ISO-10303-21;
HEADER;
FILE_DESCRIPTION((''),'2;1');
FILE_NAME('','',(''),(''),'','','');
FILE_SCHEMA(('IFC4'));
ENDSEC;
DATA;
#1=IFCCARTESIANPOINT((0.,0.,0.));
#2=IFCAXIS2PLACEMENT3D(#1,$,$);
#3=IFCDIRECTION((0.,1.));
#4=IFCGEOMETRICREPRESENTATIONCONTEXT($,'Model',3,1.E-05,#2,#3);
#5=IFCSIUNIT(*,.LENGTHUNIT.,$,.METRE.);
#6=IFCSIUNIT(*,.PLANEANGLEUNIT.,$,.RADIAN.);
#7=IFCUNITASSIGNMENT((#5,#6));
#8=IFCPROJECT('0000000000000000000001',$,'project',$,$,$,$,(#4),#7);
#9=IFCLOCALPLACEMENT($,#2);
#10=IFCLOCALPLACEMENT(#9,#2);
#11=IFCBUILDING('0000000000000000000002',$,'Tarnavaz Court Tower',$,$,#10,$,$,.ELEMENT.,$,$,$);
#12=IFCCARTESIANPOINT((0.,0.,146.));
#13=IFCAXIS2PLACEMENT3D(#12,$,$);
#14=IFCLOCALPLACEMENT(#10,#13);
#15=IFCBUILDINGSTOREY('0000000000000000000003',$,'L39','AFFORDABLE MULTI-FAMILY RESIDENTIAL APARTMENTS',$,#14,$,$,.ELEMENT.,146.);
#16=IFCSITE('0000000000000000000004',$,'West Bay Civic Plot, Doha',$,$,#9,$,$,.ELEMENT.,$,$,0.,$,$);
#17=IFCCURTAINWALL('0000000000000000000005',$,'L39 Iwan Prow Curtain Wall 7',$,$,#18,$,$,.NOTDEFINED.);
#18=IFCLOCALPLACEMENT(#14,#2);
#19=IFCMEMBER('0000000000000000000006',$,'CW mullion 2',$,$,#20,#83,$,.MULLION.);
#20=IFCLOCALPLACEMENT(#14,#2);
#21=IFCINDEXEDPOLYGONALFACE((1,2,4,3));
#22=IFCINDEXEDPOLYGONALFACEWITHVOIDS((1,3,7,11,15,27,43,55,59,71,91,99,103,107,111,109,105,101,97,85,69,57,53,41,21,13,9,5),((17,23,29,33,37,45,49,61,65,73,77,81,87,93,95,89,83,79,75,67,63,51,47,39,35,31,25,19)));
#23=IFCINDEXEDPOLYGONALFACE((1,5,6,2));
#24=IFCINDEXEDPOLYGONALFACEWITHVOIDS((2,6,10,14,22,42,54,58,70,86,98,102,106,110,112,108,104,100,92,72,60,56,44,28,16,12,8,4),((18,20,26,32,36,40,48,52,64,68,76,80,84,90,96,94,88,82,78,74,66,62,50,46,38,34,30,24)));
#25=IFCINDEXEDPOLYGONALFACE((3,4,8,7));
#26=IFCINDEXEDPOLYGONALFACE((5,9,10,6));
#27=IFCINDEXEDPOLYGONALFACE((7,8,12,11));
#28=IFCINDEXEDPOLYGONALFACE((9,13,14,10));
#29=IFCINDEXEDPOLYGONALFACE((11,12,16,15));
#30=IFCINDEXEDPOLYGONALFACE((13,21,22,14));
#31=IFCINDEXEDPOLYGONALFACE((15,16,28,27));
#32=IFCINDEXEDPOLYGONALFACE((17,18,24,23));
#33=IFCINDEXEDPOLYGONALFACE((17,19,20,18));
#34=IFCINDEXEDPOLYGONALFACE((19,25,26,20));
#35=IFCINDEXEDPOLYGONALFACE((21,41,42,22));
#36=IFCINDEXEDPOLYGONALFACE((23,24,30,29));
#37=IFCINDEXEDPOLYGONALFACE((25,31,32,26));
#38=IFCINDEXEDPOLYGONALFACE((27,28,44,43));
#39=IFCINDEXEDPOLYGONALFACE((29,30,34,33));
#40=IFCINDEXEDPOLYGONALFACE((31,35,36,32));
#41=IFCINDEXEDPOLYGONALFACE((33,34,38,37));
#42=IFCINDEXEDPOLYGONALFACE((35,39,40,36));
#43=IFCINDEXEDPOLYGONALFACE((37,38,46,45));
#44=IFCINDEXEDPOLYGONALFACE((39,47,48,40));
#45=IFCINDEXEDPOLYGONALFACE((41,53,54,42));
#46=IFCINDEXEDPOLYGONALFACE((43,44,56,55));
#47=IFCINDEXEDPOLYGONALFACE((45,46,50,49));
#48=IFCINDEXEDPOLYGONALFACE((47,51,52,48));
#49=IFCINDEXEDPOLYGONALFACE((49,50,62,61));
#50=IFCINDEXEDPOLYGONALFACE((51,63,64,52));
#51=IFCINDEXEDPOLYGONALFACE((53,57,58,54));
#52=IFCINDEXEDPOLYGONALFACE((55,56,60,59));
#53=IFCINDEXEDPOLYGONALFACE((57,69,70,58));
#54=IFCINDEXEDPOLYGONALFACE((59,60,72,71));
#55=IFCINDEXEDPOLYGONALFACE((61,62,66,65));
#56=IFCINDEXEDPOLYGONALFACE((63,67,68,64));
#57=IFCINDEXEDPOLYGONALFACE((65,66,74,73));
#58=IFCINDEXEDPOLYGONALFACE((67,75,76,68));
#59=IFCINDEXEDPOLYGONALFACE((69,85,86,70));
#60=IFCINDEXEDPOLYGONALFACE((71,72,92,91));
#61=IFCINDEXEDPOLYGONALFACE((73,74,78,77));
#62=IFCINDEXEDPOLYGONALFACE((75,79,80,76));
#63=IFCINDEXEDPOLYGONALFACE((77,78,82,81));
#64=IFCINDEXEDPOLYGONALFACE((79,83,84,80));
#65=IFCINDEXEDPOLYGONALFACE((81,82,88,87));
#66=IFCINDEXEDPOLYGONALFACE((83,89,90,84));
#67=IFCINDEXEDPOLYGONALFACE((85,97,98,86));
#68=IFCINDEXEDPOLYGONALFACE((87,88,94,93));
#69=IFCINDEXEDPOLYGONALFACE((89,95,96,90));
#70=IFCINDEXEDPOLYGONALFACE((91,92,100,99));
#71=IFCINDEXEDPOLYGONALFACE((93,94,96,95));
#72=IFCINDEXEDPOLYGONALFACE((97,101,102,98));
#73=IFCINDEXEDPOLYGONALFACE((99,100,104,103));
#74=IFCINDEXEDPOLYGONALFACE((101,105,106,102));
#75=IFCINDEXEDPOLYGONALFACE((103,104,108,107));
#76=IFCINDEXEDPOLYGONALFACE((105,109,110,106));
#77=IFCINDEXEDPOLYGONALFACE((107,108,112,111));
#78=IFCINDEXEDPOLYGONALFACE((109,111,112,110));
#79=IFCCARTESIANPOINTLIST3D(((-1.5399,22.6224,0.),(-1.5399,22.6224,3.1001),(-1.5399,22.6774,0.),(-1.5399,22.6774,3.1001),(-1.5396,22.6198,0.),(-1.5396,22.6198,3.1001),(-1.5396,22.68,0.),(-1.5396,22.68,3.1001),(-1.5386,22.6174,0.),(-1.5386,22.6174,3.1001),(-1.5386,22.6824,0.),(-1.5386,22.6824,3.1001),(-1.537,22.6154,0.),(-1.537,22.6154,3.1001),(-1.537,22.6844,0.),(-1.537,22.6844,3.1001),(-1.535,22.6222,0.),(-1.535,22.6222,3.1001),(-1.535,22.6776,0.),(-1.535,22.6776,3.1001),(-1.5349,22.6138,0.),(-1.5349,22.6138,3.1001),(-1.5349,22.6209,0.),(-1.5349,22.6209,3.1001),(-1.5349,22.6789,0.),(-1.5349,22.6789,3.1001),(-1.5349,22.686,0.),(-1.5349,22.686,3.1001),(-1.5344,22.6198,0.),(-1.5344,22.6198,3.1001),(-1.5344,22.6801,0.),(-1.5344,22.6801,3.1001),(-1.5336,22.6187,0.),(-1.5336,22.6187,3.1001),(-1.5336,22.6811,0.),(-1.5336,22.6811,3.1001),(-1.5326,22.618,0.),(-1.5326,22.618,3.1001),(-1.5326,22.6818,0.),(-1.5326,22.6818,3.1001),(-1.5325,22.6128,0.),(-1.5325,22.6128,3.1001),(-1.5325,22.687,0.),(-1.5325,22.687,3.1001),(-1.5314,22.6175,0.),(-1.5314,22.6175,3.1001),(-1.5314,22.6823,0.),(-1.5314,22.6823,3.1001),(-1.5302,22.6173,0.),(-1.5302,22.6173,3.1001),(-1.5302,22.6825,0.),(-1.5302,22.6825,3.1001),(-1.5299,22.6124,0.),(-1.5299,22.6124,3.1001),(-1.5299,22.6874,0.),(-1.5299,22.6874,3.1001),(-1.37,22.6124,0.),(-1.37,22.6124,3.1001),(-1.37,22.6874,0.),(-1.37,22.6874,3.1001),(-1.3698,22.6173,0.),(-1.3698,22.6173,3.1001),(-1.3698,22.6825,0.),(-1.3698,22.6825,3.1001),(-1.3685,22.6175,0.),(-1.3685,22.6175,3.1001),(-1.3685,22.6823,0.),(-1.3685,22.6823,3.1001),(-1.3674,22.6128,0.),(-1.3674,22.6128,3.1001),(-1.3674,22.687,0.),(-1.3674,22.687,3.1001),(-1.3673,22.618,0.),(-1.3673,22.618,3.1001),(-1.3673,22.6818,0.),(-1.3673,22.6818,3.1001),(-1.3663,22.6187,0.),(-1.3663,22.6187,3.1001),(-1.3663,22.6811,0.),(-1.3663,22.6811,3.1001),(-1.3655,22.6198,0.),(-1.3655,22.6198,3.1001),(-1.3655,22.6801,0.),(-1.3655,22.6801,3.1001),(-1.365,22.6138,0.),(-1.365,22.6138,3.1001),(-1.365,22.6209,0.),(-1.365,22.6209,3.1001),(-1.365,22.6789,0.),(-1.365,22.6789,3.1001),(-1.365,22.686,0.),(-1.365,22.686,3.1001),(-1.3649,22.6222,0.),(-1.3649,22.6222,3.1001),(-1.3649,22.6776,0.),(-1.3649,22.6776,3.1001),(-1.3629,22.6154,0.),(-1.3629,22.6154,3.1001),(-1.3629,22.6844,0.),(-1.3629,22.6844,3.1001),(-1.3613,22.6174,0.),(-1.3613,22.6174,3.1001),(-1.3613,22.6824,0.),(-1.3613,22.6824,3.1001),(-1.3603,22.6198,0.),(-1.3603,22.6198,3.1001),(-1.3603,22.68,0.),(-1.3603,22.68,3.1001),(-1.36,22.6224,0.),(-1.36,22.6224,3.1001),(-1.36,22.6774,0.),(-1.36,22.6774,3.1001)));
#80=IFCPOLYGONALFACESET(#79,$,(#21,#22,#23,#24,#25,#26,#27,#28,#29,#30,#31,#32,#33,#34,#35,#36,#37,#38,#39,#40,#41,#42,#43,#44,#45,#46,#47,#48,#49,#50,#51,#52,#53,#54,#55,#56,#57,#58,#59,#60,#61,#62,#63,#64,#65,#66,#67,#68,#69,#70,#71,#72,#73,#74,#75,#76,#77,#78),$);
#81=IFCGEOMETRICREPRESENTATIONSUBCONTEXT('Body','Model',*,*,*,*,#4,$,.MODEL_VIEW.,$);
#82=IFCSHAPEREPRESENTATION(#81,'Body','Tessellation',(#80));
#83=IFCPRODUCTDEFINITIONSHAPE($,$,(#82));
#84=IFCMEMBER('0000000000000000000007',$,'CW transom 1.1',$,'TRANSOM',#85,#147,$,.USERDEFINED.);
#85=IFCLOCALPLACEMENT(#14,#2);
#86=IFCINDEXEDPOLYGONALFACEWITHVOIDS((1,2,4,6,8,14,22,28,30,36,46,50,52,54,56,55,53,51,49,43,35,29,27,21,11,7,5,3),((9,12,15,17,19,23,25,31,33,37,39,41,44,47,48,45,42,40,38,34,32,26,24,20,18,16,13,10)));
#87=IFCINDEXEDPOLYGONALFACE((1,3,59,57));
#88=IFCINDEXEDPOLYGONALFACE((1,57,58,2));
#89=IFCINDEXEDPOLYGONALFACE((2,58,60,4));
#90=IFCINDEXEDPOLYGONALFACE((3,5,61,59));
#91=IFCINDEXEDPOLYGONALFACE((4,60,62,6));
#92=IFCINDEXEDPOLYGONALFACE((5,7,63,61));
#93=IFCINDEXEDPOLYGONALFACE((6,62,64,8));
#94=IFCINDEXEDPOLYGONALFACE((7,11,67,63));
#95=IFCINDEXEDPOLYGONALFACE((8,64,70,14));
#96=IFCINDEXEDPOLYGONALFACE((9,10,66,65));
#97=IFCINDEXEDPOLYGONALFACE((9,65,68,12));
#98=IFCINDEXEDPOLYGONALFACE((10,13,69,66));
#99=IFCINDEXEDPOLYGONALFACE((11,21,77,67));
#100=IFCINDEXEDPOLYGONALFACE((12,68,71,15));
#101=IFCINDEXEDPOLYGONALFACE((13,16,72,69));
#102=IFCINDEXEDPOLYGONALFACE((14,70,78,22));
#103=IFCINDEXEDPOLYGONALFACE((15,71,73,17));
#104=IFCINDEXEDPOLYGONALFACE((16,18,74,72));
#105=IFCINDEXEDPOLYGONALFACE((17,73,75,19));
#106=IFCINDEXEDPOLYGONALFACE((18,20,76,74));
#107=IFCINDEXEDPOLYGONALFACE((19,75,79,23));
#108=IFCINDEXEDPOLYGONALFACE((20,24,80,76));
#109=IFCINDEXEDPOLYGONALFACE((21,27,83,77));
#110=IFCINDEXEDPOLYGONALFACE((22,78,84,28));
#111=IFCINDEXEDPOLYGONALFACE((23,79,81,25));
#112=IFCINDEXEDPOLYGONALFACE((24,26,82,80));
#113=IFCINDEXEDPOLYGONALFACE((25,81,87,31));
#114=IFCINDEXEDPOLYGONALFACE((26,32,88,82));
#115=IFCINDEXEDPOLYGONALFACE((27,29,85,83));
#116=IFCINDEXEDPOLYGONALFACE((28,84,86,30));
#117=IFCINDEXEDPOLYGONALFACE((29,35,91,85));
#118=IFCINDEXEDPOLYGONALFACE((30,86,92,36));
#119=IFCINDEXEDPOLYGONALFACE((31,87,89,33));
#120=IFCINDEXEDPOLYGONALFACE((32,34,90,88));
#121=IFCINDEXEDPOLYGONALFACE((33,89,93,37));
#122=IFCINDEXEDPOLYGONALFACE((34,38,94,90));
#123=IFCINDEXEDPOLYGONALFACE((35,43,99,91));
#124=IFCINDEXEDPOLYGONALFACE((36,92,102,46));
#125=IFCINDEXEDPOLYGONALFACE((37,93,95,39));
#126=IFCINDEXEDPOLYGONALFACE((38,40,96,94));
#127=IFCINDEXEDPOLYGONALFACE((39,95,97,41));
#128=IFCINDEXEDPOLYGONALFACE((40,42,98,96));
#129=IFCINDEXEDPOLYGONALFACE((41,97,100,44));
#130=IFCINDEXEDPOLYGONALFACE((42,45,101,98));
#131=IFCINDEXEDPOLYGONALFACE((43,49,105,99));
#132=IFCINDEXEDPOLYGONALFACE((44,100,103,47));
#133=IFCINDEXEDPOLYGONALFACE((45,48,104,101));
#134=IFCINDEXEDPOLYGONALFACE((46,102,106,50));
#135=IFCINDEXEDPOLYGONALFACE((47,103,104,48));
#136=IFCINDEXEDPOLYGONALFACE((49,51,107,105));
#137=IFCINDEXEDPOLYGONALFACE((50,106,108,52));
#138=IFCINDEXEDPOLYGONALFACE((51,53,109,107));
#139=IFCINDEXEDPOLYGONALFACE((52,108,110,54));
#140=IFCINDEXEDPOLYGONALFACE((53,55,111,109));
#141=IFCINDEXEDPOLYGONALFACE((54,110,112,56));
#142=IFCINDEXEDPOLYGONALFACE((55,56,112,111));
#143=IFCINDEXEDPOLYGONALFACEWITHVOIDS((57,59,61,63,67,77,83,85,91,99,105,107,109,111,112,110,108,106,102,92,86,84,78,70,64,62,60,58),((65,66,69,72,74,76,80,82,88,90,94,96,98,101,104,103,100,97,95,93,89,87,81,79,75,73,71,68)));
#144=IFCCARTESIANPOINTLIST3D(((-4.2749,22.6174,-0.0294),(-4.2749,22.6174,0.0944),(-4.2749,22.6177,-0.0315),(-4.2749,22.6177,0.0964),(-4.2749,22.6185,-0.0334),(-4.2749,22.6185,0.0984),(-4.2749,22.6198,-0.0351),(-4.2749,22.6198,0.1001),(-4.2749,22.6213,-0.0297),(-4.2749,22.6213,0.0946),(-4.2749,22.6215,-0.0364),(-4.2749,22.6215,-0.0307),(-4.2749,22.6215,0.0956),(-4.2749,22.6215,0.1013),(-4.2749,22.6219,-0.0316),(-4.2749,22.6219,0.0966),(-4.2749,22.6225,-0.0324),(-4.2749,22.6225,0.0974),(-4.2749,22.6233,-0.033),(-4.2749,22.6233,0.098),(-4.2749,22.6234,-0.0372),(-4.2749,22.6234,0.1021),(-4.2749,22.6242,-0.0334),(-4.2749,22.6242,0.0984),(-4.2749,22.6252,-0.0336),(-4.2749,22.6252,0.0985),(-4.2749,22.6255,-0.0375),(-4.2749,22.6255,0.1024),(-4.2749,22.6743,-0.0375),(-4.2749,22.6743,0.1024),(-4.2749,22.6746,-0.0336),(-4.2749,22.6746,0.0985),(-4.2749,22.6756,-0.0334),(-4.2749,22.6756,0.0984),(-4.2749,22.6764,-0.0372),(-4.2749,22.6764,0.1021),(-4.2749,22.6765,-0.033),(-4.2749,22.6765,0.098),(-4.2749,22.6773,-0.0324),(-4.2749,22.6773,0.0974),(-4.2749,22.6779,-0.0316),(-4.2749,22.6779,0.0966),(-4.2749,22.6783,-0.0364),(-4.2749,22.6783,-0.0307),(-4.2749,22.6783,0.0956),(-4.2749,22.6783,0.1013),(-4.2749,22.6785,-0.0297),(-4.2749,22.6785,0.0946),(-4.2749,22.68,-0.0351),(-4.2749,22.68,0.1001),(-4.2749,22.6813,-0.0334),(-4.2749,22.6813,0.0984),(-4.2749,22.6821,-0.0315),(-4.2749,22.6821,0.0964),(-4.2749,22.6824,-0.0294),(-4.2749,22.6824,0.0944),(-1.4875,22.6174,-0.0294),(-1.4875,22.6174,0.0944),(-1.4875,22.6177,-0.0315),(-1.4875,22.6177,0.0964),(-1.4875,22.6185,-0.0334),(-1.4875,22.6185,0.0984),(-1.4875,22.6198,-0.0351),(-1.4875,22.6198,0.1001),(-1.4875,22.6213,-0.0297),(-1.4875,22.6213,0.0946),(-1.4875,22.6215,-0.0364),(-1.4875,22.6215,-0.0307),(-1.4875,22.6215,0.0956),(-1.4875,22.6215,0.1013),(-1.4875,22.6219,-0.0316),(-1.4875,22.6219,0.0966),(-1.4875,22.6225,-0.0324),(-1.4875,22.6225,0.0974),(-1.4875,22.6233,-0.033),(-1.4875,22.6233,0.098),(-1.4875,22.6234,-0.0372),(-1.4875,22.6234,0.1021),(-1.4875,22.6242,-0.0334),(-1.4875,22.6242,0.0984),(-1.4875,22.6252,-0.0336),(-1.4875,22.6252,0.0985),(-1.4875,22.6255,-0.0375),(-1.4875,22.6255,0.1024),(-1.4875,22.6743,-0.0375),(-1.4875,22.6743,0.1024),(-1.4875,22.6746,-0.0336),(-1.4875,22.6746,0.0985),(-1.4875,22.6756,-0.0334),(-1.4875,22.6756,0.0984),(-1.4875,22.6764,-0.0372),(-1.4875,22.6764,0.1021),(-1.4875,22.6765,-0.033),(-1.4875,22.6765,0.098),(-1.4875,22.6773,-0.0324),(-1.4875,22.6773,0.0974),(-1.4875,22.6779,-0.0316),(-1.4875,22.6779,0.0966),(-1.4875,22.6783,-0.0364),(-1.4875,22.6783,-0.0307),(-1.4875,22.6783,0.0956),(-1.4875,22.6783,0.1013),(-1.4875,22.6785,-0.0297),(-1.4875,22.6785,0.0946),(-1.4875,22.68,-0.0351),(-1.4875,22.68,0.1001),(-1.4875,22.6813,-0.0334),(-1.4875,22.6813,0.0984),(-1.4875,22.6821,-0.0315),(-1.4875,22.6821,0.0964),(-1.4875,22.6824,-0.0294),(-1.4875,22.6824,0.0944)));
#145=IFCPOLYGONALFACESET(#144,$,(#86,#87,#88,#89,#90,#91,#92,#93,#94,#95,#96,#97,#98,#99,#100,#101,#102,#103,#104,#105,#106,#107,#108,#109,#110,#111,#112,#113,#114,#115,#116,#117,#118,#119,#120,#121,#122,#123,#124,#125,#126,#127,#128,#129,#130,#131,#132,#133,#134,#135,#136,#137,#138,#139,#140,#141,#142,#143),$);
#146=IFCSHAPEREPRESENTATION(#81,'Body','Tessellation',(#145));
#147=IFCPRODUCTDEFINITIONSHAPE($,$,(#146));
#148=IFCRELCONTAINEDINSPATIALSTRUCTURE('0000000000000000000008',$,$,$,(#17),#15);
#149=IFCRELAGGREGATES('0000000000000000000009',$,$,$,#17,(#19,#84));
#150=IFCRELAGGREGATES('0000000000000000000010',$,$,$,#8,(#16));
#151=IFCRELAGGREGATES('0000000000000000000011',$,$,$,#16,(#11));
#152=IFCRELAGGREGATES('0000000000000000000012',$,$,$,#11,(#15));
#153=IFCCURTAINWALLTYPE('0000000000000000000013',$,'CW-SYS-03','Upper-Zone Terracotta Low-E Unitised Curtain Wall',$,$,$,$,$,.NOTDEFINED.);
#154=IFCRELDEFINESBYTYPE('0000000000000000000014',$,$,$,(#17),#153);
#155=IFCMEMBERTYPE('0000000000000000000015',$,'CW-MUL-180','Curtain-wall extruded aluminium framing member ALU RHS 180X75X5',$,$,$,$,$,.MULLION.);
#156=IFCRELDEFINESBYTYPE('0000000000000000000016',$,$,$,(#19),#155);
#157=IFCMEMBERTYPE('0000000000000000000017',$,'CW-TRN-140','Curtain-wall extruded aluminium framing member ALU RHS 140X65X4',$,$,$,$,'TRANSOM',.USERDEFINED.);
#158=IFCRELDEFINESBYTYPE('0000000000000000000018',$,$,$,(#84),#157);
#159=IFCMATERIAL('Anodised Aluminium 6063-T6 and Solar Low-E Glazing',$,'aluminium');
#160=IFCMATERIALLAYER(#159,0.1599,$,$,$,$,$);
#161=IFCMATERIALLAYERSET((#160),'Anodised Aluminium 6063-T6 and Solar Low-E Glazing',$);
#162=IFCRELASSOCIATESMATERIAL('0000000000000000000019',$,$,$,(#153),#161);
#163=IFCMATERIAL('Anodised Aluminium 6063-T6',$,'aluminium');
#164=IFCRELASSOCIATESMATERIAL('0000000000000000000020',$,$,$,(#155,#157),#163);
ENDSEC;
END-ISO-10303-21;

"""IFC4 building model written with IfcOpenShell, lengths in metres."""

from ifc_helpers import new_model, si_unit, direction, frame, origin, origin_2d, place, context, subcontext, project, spatial, hollow_rectangle, extrude, material, layer, layer_set, material_profile, profile_set, type_object, element, aggregate, save


model = new_model("IFC4")

# Units and contexts
model_context = context("Model", 3, precision=1e-05, world=origin(), true_north=direction((0.0, 1.0)))
body_context = subcontext(model_context, "Body", "Model", "MODEL_VIEW")
ifc_project = project(units=[si_unit("LENGTHUNIT", "METRE"), si_unit("PLANEANGLEUNIT", "RADIAN")], contexts=[model_context])

# Site, building, storey
site_placement = place(None, origin())
site = spatial("IfcSite", under=ifc_project, at=site_placement, Name="West Bay Civic Plot, Doha", CompositionType="ELEMENT", RefElevation=0.0)
building_placement = place(site_placement, origin())
building = spatial("IfcBuilding", under=site, at=building_placement, Name="Tarnavaz Court Tower", CompositionType="ELEMENT")
storey_placement = place(building_placement, frame((0.0, 0.0, 146.0)))
storey = spatial("IfcBuildingStorey", under=building, at=storey_placement, Name="L39", Description="AFFORDABLE MULTI-FAMILY RESIDENTIAL APARTMENTS", CompositionType="ELEMENT", Elevation=146.0)

# Curtain wall, members
ifc_material_1 = material(Name="Anodised Aluminium 6063-T6 and Solar Low-E Glazing", Category="aluminium")
ifc_layer_1 = layer(ifc_material_1, 0.1599)
ifc_layer_set_1 = layer_set([ifc_layer_1], Name="Anodised Aluminium 6063-T6 and Solar Low-E Glazing")
curtain_wall_type = type_object("IfcCurtainWallType", Name="CW-SYS-03", Description="Upper-Zone Terracotta Low-E Unitised Curtain Wall", PredefinedType="NOTDEFINED", material=ifc_layer_set_1)
curtain_wall_placement = place(storey_placement, origin())
curtain_wall = element("IfcCurtainWall", 1, at=curtain_wall_placement, inside=storey, type_object=curtain_wall_type, Name="L39 Iwan Prow Curtain Wall 7", PredefinedType="NOTDEFINED")
ifc_material_2 = material(Name="Anodised Aluminium 6063-T6", Category="aluminium")
ifc_material_profile_1 = material_profile(ifc_material_2, hollow_rectangle(XDim=0.075, YDim=0.1799, WallThickness=0.0049, InnerFilletRadius=0.0049, OuterFilletRadius=0.01, at=origin_2d()), Name="ALU RHS 180X75X5")
ifc_profile_set_1 = profile_set([ifc_material_profile_1], Name="Anodised Aluminium 6063-T6")
member_type_1 = type_object("IfcMemberType", Name="CW-MUL-180", Description="Curtain-wall extruded aluminium framing member ALU RHS 180X75X5", PredefinedType="MULLION", material=ifc_profile_set_1)
member_1_placement = place(storey_placement, frame((-1.45, 22.6499, 0.0), z_axis=(0.0, 0.0, 1.0), x_axis=(0.0, 1.0, 0.0)))
member_1 = element("IfcMember", 2, at=member_1_placement, type_object=member_type_1, Name="CW mullion 2", PredefinedType="MULLION", context=body_context, shape_type="SweptSolid", body=[
    extrude(hollow_rectangle(XDim=0.075, YDim=0.1799, WallThickness=0.0049, InnerFilletRadius=0.0049, OuterFilletRadius=0.01, at=origin_2d()), origin(), (0.0, 0.0, 1.0), 3.1001),
])
ifc_material_profile_2 = material_profile(ifc_material_2, hollow_rectangle(XDim=0.0649, YDim=0.1399, WallThickness=0.0039, InnerFilletRadius=0.0039, OuterFilletRadius=0.0081, at=origin_2d()), Name="ALU RHS 140X65X4")
ifc_profile_set_2 = profile_set([ifc_material_profile_2], Name="Anodised Aluminium 6063-T6")
member_type_2 = type_object("IfcMemberType", Name="CW-TRN-140", Description="Curtain-wall extruded aluminium framing member ALU RHS 140X65X4", ElementType="TRANSOM", PredefinedType="USERDEFINED", material=ifc_profile_set_2)
member_2_placement = place(storey_placement, frame((-4.2749, 22.6499, 0.0325), z_axis=(1.0, 0.0, 0.0), x_axis=(0.0, 1.0, 0.0)))
member_2 = element("IfcMember", 3, at=member_2_placement, type_object=member_type_2, Name="CW transom 1.1", ObjectType="TRANSOM", PredefinedType="USERDEFINED", context=body_context, shape_type="SweptSolid", body=[
    extrude(hollow_rectangle(XDim=0.0649, YDim=0.1399, WallThickness=0.0039, InnerFilletRadius=0.0039, OuterFilletRadius=0.0081, at=origin_2d()), origin(), (0.0, 0.0, 1.0), 2.7874),
])
aggregate(curtain_wall, [member_1, member_2])

save(model, "model.ifc")
